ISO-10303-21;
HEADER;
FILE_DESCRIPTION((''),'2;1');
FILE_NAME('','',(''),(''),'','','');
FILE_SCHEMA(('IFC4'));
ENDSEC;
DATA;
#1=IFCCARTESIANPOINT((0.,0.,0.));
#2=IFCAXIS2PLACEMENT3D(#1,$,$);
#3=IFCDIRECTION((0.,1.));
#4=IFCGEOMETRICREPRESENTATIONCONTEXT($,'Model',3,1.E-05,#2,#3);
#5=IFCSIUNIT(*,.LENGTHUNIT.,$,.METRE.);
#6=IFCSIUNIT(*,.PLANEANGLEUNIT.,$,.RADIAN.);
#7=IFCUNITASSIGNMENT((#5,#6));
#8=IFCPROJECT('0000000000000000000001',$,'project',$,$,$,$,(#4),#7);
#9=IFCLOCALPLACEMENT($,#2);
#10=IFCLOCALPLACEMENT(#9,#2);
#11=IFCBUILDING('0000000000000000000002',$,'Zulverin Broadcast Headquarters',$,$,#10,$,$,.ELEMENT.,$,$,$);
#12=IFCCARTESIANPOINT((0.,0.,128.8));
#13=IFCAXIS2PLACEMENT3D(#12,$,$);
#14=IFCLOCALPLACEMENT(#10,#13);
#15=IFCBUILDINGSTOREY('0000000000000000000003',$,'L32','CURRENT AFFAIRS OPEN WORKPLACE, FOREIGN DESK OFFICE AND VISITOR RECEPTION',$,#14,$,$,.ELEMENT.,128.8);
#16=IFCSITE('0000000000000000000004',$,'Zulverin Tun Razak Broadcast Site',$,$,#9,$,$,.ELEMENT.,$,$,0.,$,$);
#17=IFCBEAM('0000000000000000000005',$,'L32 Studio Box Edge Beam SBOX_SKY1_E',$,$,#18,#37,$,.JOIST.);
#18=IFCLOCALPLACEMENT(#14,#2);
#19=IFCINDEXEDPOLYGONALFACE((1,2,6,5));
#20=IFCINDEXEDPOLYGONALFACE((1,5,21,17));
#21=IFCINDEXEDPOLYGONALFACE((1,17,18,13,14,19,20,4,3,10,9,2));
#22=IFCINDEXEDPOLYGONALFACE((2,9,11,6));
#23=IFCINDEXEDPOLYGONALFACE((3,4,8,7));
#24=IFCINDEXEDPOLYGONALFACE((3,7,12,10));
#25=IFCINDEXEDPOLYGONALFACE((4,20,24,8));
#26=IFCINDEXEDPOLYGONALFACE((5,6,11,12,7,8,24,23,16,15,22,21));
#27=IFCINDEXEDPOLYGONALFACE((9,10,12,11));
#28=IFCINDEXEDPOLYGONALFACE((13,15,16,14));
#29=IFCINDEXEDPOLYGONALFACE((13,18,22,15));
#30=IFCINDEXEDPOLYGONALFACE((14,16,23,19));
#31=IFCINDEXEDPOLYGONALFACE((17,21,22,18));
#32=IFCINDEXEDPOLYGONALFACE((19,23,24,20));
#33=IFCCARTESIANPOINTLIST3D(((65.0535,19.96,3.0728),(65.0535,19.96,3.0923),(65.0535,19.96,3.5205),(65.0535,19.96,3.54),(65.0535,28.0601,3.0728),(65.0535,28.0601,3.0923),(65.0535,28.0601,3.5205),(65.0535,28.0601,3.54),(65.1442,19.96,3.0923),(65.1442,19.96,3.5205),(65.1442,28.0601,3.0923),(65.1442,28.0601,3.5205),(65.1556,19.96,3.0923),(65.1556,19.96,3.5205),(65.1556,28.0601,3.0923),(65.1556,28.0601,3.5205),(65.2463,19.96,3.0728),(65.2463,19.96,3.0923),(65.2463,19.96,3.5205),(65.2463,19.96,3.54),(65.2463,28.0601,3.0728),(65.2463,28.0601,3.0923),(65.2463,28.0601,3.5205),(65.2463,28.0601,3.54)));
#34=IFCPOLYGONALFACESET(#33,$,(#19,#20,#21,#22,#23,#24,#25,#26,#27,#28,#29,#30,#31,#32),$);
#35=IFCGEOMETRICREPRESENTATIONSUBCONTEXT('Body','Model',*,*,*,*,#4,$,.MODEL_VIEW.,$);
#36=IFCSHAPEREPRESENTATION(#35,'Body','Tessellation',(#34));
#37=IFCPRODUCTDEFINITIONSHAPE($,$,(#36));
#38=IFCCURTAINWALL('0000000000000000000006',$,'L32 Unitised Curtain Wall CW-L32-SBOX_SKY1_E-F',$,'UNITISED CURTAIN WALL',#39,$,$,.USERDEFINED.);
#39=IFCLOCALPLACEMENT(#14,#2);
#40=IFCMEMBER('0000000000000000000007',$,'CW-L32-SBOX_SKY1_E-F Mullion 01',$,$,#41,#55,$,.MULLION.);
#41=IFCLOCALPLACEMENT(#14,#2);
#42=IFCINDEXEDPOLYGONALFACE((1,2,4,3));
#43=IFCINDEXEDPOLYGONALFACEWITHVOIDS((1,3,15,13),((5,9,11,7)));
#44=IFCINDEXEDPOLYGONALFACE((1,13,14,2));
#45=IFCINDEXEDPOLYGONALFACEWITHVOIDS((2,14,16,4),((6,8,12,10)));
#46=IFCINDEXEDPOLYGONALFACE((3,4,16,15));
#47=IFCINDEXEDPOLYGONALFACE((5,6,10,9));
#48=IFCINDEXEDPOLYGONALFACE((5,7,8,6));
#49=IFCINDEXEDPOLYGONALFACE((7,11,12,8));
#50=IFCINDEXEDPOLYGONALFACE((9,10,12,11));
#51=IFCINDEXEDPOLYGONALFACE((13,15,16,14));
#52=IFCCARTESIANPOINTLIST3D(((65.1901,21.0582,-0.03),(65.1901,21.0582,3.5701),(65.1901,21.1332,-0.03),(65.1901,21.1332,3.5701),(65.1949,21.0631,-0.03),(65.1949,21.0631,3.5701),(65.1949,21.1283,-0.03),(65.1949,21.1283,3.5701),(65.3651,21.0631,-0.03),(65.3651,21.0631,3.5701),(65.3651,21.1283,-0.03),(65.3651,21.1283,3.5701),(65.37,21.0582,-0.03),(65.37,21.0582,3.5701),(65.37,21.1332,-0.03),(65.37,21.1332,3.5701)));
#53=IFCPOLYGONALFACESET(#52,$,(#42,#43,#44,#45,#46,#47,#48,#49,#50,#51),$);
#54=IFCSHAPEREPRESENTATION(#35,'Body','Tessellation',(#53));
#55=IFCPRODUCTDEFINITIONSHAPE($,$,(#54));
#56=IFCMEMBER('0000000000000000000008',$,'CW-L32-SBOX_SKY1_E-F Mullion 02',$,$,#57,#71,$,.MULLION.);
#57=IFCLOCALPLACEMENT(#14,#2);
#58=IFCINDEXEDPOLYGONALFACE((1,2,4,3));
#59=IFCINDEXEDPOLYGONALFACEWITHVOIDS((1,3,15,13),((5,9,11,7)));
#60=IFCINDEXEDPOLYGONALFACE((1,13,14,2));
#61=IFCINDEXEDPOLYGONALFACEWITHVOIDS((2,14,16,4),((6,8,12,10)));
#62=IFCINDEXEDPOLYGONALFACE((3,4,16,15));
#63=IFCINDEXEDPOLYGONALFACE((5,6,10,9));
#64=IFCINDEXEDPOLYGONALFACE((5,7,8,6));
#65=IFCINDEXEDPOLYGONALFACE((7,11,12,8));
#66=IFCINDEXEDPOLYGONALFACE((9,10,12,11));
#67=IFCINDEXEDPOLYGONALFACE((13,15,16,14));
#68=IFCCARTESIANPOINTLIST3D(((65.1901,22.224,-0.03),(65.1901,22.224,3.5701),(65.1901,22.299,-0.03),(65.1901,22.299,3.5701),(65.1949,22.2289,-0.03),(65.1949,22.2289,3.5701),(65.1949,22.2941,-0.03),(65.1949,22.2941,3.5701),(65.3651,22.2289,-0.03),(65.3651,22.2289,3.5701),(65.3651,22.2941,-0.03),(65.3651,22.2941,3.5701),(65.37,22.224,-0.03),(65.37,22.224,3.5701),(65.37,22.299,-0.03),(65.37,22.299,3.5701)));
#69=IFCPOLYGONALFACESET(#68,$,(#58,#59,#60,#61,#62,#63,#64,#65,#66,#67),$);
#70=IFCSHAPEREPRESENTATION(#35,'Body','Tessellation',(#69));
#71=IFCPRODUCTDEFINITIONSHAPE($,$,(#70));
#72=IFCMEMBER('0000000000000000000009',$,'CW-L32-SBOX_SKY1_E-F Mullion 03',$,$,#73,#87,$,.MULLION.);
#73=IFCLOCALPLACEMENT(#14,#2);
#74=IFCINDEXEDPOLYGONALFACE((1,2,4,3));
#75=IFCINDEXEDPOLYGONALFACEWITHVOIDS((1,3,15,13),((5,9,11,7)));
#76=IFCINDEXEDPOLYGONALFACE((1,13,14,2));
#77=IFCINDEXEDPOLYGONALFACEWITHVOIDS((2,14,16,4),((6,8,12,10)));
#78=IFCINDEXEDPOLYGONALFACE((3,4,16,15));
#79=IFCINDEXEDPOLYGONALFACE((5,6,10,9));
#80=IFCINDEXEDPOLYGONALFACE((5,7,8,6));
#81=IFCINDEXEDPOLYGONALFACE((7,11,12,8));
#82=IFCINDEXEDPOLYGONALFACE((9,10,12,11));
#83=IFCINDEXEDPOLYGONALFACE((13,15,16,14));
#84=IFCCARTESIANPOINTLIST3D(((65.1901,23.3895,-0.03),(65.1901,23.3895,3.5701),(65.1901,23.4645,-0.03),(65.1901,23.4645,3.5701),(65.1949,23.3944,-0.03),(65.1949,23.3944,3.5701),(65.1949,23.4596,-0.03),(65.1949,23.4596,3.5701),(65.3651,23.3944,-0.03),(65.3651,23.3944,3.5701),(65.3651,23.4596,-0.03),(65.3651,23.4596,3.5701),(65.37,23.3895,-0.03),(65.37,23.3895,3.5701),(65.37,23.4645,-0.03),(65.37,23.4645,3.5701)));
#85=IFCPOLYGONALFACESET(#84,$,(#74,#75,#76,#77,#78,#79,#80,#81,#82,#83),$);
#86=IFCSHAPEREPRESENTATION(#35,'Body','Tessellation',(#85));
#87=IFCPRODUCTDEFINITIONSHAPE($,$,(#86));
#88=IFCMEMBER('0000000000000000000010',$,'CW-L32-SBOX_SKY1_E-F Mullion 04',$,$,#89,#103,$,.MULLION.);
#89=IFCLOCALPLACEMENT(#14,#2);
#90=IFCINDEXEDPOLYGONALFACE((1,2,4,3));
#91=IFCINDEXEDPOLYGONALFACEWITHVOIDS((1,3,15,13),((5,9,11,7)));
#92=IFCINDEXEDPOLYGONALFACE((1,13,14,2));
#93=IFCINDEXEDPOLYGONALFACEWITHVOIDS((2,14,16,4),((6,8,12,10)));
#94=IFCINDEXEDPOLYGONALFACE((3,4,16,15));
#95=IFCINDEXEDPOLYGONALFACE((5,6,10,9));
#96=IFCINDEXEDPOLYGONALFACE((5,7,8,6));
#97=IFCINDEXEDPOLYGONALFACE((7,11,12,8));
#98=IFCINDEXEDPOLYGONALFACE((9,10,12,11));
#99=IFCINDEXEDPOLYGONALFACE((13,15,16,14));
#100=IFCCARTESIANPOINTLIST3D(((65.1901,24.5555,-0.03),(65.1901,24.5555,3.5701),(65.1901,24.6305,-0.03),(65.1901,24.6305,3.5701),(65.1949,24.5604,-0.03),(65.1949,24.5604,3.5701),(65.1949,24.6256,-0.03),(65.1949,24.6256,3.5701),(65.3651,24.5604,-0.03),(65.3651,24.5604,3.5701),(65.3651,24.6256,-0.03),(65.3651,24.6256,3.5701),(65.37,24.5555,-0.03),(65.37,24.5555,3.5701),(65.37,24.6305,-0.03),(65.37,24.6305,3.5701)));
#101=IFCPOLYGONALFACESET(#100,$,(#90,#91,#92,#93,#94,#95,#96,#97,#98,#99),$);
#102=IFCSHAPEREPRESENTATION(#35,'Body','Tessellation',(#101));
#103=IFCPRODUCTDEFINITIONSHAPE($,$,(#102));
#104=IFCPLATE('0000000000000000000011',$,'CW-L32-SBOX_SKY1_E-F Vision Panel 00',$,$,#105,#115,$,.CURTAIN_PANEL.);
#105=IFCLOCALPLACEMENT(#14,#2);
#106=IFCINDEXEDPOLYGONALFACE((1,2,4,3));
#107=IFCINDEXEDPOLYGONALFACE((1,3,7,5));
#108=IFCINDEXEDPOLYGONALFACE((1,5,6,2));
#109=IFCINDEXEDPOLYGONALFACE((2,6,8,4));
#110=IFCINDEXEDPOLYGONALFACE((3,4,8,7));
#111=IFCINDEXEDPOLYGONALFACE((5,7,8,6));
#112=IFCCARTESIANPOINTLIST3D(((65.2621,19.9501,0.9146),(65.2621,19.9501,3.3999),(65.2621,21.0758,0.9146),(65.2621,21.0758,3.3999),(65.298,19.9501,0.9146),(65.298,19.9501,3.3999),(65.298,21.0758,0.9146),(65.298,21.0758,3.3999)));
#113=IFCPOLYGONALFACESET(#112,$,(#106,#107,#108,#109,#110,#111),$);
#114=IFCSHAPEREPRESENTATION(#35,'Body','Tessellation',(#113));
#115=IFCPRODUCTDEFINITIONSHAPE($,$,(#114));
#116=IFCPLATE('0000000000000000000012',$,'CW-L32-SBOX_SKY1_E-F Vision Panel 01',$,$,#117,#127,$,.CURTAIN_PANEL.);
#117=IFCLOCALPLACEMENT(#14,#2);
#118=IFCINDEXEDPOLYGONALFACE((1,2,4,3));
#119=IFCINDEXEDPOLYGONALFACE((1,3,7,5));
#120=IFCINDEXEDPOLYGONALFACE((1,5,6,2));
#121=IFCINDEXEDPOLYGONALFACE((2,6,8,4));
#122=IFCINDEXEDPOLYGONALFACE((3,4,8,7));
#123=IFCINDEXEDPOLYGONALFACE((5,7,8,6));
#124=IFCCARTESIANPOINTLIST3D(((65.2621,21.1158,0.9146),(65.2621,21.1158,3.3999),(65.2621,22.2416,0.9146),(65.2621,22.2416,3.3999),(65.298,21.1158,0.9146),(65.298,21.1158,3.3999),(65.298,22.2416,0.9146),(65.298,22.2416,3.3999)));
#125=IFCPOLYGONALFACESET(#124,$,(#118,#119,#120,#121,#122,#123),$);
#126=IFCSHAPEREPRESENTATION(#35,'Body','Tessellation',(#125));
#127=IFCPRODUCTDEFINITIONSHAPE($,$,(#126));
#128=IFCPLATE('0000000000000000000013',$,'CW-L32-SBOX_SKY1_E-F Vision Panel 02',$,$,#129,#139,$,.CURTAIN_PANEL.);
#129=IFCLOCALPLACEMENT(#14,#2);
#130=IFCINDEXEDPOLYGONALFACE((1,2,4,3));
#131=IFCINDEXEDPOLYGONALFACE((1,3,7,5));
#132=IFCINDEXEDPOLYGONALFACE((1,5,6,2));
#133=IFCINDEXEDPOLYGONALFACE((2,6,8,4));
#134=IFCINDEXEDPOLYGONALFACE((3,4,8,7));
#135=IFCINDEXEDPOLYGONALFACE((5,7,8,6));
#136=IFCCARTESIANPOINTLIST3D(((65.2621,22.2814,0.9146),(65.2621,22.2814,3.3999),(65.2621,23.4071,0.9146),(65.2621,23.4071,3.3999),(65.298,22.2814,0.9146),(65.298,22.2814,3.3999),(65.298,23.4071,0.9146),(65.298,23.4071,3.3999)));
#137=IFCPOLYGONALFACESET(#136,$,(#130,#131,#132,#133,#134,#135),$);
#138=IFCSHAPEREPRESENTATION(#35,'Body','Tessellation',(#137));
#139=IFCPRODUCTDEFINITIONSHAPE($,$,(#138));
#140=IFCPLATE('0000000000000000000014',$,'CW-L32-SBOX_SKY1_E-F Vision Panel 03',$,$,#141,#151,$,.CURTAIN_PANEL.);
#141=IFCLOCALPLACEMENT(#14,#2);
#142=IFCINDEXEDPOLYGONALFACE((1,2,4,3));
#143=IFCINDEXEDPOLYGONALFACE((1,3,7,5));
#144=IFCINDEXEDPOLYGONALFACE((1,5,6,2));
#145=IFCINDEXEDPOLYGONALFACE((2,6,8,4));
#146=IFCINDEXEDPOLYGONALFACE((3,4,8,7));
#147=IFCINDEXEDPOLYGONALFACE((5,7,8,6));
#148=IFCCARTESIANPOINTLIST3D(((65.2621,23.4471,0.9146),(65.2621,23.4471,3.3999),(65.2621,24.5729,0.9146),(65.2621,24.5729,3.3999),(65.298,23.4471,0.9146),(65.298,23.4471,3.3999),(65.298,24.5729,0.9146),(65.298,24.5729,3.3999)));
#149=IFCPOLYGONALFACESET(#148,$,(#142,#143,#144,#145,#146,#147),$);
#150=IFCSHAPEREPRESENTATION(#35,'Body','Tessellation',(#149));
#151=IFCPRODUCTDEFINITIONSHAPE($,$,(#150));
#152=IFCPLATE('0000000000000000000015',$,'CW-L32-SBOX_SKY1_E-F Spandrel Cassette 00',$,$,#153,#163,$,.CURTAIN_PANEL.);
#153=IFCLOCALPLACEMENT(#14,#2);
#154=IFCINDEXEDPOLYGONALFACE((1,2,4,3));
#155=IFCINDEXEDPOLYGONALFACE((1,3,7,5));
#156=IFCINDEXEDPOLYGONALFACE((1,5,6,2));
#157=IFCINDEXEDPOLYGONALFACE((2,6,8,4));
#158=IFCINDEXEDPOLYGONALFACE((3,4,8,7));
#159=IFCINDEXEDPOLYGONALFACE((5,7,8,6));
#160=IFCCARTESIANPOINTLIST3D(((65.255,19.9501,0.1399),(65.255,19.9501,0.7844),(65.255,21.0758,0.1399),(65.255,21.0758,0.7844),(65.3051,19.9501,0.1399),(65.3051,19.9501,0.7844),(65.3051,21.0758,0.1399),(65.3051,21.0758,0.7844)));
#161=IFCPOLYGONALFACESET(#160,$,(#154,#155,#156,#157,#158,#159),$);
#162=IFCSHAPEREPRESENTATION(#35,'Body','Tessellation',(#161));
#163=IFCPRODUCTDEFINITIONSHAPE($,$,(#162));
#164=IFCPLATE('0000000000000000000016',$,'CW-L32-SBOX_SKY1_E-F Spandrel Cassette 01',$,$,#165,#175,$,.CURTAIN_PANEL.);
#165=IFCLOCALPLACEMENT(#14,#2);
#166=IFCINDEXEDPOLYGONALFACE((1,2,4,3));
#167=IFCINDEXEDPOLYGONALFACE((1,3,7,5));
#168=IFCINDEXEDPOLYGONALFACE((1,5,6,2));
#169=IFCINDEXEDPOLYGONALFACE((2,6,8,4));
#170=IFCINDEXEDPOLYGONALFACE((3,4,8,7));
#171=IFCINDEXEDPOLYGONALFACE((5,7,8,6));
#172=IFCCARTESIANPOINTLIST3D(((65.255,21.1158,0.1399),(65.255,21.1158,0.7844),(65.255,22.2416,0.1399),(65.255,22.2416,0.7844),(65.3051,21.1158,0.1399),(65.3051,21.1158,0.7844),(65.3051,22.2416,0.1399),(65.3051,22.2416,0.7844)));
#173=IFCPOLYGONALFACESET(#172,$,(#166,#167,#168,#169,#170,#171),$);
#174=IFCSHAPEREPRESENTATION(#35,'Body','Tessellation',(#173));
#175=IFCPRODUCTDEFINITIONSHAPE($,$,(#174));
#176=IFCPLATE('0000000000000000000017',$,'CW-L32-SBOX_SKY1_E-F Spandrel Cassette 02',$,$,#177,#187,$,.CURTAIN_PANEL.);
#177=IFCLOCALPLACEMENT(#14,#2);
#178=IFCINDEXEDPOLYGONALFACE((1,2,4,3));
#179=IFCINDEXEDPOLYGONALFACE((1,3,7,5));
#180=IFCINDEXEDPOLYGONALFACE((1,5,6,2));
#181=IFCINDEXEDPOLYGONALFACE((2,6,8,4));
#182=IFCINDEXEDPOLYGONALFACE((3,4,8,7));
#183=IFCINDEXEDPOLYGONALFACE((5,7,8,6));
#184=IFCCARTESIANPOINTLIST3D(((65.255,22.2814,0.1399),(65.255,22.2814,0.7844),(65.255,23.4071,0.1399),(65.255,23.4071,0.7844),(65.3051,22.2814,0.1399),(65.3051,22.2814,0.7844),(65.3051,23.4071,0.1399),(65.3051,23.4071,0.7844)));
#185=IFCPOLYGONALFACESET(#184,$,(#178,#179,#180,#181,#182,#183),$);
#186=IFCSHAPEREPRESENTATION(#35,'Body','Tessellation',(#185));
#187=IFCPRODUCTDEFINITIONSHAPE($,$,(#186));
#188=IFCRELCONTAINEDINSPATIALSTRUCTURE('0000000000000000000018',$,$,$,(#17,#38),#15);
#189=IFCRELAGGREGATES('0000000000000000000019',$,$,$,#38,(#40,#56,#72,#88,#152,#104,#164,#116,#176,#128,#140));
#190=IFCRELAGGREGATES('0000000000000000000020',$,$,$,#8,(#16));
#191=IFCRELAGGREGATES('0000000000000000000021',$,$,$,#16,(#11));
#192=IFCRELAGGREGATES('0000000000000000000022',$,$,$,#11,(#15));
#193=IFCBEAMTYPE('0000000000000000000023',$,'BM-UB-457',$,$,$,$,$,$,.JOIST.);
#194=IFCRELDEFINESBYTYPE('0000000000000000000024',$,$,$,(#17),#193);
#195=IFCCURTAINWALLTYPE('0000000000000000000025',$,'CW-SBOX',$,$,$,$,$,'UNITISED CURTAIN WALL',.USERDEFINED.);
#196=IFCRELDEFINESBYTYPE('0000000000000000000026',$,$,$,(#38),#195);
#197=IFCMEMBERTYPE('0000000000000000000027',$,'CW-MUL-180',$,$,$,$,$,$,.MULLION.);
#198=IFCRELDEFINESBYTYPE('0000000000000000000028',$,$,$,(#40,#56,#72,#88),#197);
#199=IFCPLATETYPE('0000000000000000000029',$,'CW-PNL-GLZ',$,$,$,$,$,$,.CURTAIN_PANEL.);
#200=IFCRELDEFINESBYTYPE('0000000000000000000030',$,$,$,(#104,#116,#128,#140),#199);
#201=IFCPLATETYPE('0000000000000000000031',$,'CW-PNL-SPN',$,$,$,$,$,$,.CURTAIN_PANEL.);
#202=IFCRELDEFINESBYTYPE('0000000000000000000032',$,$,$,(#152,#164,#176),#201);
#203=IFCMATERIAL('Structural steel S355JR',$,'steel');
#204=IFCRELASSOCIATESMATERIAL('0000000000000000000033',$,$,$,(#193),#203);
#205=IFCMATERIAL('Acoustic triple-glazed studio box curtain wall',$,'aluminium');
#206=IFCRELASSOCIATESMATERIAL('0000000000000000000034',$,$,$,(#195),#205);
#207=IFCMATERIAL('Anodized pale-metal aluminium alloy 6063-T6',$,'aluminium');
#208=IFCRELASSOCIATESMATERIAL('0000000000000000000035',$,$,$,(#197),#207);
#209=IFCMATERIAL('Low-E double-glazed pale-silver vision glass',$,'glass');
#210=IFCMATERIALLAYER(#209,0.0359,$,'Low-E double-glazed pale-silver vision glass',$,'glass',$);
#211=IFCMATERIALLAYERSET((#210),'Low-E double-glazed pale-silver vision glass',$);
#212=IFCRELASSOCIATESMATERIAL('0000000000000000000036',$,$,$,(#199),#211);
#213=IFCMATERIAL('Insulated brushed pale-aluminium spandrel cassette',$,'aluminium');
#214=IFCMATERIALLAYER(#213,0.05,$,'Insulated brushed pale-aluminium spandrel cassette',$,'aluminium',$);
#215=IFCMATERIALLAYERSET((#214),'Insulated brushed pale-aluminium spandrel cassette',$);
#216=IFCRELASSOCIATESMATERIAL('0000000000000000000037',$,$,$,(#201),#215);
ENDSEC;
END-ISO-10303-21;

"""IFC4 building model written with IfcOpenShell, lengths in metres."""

from ifc_helpers import new_model, si_unit, direction, frame, origin, origin_2d, place, context, subcontext, project, spatial, rectangle, hollow_rectangle, i_section, extrude, material, layer, layer_set, material_profile, profile_set, type_object, element, aggregate, save


model = new_model("IFC4")

# Units and contexts
model_context = context("Model", 3, precision=1e-05, world=origin(), true_north=direction((0.0, 1.0)))
body_context = subcontext(model_context, "Body", "Model", "MODEL_VIEW")
ifc_project = project(units=[si_unit("LENGTHUNIT", "METRE"), si_unit("PLANEANGLEUNIT", "RADIAN")], contexts=[model_context])

# Site, building, storey
site_placement = place(None, origin())
site = spatial("IfcSite", under=ifc_project, at=site_placement, Name="Zulverin Tun Razak Broadcast Site", CompositionType="ELEMENT", RefElevation=0.0)
building_placement = place(site_placement, origin())
building = spatial("IfcBuilding", under=site, at=building_placement, Name="Zulverin Broadcast Headquarters", CompositionType="ELEMENT")
storey_placement = place(building_placement, frame((0.0, 0.0, 128.8)))
storey = spatial("IfcBuildingStorey", under=building, at=storey_placement, Name="L32", Description="CURRENT AFFAIRS OPEN WORKPLACE, FOREIGN DESK OFFICE AND VISITOR RECEPTION", CompositionType="ELEMENT", Elevation=128.8)

# Beam
ifc_material_1 = material(Name="Structural steel S355JR", Category="steel")
ifc_material_profile_1 = material_profile(ifc_material_1, i_section(OverallWidth=0.1929, OverallDepth=0.4673, WebThickness=0.0115, FlangeThickness=0.0195, at=origin_2d()), Name="Structural steel S355JR", Category="steel")
ifc_profile_set_1 = profile_set([ifc_material_profile_1], Name="Structural steel S355JR")
beam_type = type_object("IfcBeamType", Name="BM-UB-457", PredefinedType="JOIST", material=ifc_profile_set_1)
beam_placement = place(storey_placement, frame((65.1499, 19.96, 3.3064), z_axis=(0.0, 1.0, 0.0), x_axis=(-1.0, 0.0, 0.0)))
element("IfcBeam", 1, at=beam_placement, inside=storey, type_object=beam_type, Name="L32 Studio Box Edge Beam SBOX_SKY1_E", PredefinedType="JOIST", context=body_context, shape_type="SweptSolid", body=[
    extrude(i_section(OverallWidth=0.1929, OverallDepth=0.4673, WebThickness=0.0115, FlangeThickness=0.0195, at=origin_2d()), origin(), (0.0, 0.0, 1.0), 8.1001),
])

# Curtain wall, members, plates
ifc_material_2 = material(Name="Acoustic triple-glazed studio box curtain wall", Category="aluminium")
curtain_wall_type = type_object("IfcCurtainWallType", Name="CW-SBOX", ElementType="UNITISED CURTAIN WALL", PredefinedType="USERDEFINED", material=ifc_material_2)
curtain_wall_placement = place(storey_placement, origin())
curtain_wall = element("IfcCurtainWall", 2, at=curtain_wall_placement, inside=storey, type_object=curtain_wall_type, Name="L32 Unitised Curtain Wall CW-L32-SBOX_SKY1_E-F", ObjectType="UNITISED CURTAIN WALL", PredefinedType="USERDEFINED")
ifc_material_3 = material(Name="Anodized pale-metal aluminium alloy 6063-T6", Category="aluminium")
ifc_material_profile_2 = material_profile(ifc_material_3, hollow_rectangle(XDim=0.075, YDim=0.1799, WallThickness=0.0049, at=origin_2d()), Name="Anodized pale-metal aluminium alloy 6063-T6", Category="aluminium")
ifc_profile_set_2 = profile_set([ifc_material_profile_2], Name="Anodized pale-metal aluminium alloy 6063-T6")
member_type = type_object("IfcMemberType", Name="CW-MUL-180", PredefinedType="MULLION", material=ifc_profile_set_2)
member_1_placement = place(storey_placement, frame((65.28, 21.0957, -0.03), z_axis=(0.0, 0.0, 1.0), x_axis=(0.0, 1.0, 0.0)))
member_1 = element("IfcMember", 3, at=member_1_placement, type_object=member_type, Name="CW-L32-SBOX_SKY1_E-F Mullion 01", PredefinedType="MULLION", context=body_context, shape_type="SweptSolid", body=[
    extrude(hollow_rectangle(XDim=0.075, YDim=0.1799, WallThickness=0.0049, at=origin_2d()), origin(), (0.0, 0.0, 1.0), 3.6001),
])
member_2_placement = place(storey_placement, frame((65.28, 22.2615, -0.03), z_axis=(0.0, 0.0, 1.0), x_axis=(0.0, 1.0, 0.0)))
member_2 = element("IfcMember", 4, at=member_2_placement, type_object=member_type, Name="CW-L32-SBOX_SKY1_E-F Mullion 02", PredefinedType="MULLION", context=body_context, shape_type="SweptSolid", body=[
    extrude(hollow_rectangle(XDim=0.075, YDim=0.1799, WallThickness=0.0049, at=origin_2d()), origin(), (0.0, 0.0, 1.0), 3.6001),
])
member_3_placement = place(storey_placement, frame((65.28, 23.427, -0.03), z_axis=(0.0, 0.0, 1.0), x_axis=(0.0, 1.0, 0.0)))
member_3 = element("IfcMember", 5, at=member_3_placement, type_object=member_type, Name="CW-L32-SBOX_SKY1_E-F Mullion 03", PredefinedType="MULLION", context=body_context, shape_type="SweptSolid", body=[
    extrude(hollow_rectangle(XDim=0.075, YDim=0.1799, WallThickness=0.0049, at=origin_2d()), origin(), (0.0, 0.0, 1.0), 3.6001),
])
member_4_placement = place(storey_placement, frame((65.28, 24.593, -0.03), z_axis=(0.0, 0.0, 1.0), x_axis=(0.0, 1.0, 0.0)))
member_4 = element("IfcMember", 6, at=member_4_placement, type_object=member_type, Name="CW-L32-SBOX_SKY1_E-F Mullion 04", PredefinedType="MULLION", context=body_context, shape_type="SweptSolid", body=[
    extrude(hollow_rectangle(XDim=0.075, YDim=0.1799, WallThickness=0.0049, at=origin_2d()), origin(), (0.0, 0.0, 1.0), 3.6001),
])
ifc_material_4 = material(Name="Low-E double-glazed pale-silver vision glass", Category="glass")
ifc_layer_1 = layer(ifc_material_4, 0.0359, Name="Low-E double-glazed pale-silver vision glass", Category="glass")
ifc_layer_set_1 = layer_set([ifc_layer_1], Name="Low-E double-glazed pale-silver vision glass")
plate_type_1 = type_object("IfcPlateType", Name="CW-PNL-GLZ", PredefinedType="CURTAIN_PANEL", material=ifc_layer_set_1)
plate_1_placement = place(storey_placement, frame((65.28, 20.5129, 0.9146), z_axis=(0.0, 0.0, 1.0), x_axis=(0.0, 1.0, 0.0)))
plate_1 = element("IfcPlate", 7, at=plate_1_placement, type_object=plate_type_1, Name="CW-L32-SBOX_SKY1_E-F Vision Panel 00", PredefinedType="CURTAIN_PANEL", context=body_context, shape_type="SweptSolid", body=[
    extrude(rectangle(XDim=1.1257, YDim=0.0359, at=origin_2d()), origin(), (0.0, 0.0, 1.0), 2.4854),
])
plate_2_placement = place(storey_placement, frame((65.28, 21.6787, 0.9146), z_axis=(0.0, 0.0, 1.0), x_axis=(0.0, 1.0, 0.0)))
plate_2 = element("IfcPlate", 8, at=plate_2_placement, type_object=plate_type_1, Name="CW-L32-SBOX_SKY1_E-F Vision Panel 01", PredefinedType="CURTAIN_PANEL", context=body_context, shape_type="SweptSolid", body=[
    extrude(rectangle(XDim=1.1257, YDim=0.0359, at=origin_2d()), origin(), (0.0, 0.0, 1.0), 2.4854),
])
plate_3_placement = place(storey_placement, frame((65.28, 22.8442, 0.9146), z_axis=(0.0, 0.0, 1.0), x_axis=(0.0, 1.0, 0.0)))
plate_3 = element("IfcPlate", 9, at=plate_3_placement, type_object=plate_type_1, Name="CW-L32-SBOX_SKY1_E-F Vision Panel 02", PredefinedType="CURTAIN_PANEL", context=body_context, shape_type="SweptSolid", body=[
    extrude(rectangle(XDim=1.1257, YDim=0.0359, at=origin_2d()), origin(), (0.0, 0.0, 1.0), 2.4854),
])
plate_4_placement = place(storey_placement, frame((65.28, 24.01, 0.9146), z_axis=(0.0, 0.0, 1.0), x_axis=(0.0, 1.0, 0.0)))
plate_4 = element("IfcPlate", 10, at=plate_4_placement, type_object=plate_type_1, Name="CW-L32-SBOX_SKY1_E-F Vision Panel 03", PredefinedType="CURTAIN_PANEL", context=body_context, shape_type="SweptSolid", body=[
    extrude(rectangle(XDim=1.1257, YDim=0.0359, at=origin_2d()), origin(), (0.0, 0.0, 1.0), 2.4854),
])
ifc_material_5 = material(Name="Insulated brushed pale-aluminium spandrel cassette", Category="aluminium")
ifc_layer_2 = layer(ifc_material_5, 0.05, Name="Insulated brushed pale-aluminium spandrel cassette", Category="aluminium")
ifc_layer_set_2 = layer_set([ifc_layer_2], Name="Insulated brushed pale-aluminium spandrel cassette")
plate_type_2 = type_object("IfcPlateType", Name="CW-PNL-SPN", PredefinedType="CURTAIN_PANEL", material=ifc_layer_set_2)
plate_5_placement = place(storey_placement, frame((65.28, 20.5129, 0.1399), z_axis=(0.0, 0.0, 1.0), x_axis=(0.0, 1.0, 0.0)))
plate_5 = element("IfcPlate", 11, at=plate_5_placement, type_object=plate_type_2, Name="CW-L32-SBOX_SKY1_E-F Spandrel Cassette 00", PredefinedType="CURTAIN_PANEL", context=body_context, shape_type="SweptSolid", body=[
    extrude(rectangle(XDim=1.1257, YDim=0.05, at=origin_2d()), origin(), (0.0, 0.0, 1.0), 0.6445),
])
plate_6_placement = place(storey_placement, frame((65.28, 21.6787, 0.1399), z_axis=(0.0, 0.0, 1.0), x_axis=(0.0, 1.0, 0.0)))
plate_6 = element("IfcPlate", 12, at=plate_6_placement, type_object=plate_type_2, Name="CW-L32-SBOX_SKY1_E-F Spandrel Cassette 01", PredefinedType="CURTAIN_PANEL", context=body_context, shape_type="SweptSolid", body=[
    extrude(rectangle(XDim=1.1257, YDim=0.05, at=origin_2d()), origin(), (0.0, 0.0, 1.0), 0.6445),
])
plate_7_placement = place(storey_placement, frame((65.28, 22.8442, 0.1399), z_axis=(0.0, 0.0, 1.0), x_axis=(0.0, 1.0, 0.0)))
plate_7 = element("IfcPlate", 13, at=plate_7_placement, type_object=plate_type_2, Name="CW-L32-SBOX_SKY1_E-F Spandrel Cassette 02", PredefinedType="CURTAIN_PANEL", context=body_context, shape_type="SweptSolid", body=[
    extrude(rectangle(XDim=1.1257, YDim=0.05, at=origin_2d()), origin(), (0.0, 0.0, 1.0), 0.6445),
])
aggregate(curtain_wall, [member_1, member_2, member_3, member_4, plate_5, plate_1, plate_6, plate_2, plate_7, plate_3, plate_4])

save(model, "model.ifc")
